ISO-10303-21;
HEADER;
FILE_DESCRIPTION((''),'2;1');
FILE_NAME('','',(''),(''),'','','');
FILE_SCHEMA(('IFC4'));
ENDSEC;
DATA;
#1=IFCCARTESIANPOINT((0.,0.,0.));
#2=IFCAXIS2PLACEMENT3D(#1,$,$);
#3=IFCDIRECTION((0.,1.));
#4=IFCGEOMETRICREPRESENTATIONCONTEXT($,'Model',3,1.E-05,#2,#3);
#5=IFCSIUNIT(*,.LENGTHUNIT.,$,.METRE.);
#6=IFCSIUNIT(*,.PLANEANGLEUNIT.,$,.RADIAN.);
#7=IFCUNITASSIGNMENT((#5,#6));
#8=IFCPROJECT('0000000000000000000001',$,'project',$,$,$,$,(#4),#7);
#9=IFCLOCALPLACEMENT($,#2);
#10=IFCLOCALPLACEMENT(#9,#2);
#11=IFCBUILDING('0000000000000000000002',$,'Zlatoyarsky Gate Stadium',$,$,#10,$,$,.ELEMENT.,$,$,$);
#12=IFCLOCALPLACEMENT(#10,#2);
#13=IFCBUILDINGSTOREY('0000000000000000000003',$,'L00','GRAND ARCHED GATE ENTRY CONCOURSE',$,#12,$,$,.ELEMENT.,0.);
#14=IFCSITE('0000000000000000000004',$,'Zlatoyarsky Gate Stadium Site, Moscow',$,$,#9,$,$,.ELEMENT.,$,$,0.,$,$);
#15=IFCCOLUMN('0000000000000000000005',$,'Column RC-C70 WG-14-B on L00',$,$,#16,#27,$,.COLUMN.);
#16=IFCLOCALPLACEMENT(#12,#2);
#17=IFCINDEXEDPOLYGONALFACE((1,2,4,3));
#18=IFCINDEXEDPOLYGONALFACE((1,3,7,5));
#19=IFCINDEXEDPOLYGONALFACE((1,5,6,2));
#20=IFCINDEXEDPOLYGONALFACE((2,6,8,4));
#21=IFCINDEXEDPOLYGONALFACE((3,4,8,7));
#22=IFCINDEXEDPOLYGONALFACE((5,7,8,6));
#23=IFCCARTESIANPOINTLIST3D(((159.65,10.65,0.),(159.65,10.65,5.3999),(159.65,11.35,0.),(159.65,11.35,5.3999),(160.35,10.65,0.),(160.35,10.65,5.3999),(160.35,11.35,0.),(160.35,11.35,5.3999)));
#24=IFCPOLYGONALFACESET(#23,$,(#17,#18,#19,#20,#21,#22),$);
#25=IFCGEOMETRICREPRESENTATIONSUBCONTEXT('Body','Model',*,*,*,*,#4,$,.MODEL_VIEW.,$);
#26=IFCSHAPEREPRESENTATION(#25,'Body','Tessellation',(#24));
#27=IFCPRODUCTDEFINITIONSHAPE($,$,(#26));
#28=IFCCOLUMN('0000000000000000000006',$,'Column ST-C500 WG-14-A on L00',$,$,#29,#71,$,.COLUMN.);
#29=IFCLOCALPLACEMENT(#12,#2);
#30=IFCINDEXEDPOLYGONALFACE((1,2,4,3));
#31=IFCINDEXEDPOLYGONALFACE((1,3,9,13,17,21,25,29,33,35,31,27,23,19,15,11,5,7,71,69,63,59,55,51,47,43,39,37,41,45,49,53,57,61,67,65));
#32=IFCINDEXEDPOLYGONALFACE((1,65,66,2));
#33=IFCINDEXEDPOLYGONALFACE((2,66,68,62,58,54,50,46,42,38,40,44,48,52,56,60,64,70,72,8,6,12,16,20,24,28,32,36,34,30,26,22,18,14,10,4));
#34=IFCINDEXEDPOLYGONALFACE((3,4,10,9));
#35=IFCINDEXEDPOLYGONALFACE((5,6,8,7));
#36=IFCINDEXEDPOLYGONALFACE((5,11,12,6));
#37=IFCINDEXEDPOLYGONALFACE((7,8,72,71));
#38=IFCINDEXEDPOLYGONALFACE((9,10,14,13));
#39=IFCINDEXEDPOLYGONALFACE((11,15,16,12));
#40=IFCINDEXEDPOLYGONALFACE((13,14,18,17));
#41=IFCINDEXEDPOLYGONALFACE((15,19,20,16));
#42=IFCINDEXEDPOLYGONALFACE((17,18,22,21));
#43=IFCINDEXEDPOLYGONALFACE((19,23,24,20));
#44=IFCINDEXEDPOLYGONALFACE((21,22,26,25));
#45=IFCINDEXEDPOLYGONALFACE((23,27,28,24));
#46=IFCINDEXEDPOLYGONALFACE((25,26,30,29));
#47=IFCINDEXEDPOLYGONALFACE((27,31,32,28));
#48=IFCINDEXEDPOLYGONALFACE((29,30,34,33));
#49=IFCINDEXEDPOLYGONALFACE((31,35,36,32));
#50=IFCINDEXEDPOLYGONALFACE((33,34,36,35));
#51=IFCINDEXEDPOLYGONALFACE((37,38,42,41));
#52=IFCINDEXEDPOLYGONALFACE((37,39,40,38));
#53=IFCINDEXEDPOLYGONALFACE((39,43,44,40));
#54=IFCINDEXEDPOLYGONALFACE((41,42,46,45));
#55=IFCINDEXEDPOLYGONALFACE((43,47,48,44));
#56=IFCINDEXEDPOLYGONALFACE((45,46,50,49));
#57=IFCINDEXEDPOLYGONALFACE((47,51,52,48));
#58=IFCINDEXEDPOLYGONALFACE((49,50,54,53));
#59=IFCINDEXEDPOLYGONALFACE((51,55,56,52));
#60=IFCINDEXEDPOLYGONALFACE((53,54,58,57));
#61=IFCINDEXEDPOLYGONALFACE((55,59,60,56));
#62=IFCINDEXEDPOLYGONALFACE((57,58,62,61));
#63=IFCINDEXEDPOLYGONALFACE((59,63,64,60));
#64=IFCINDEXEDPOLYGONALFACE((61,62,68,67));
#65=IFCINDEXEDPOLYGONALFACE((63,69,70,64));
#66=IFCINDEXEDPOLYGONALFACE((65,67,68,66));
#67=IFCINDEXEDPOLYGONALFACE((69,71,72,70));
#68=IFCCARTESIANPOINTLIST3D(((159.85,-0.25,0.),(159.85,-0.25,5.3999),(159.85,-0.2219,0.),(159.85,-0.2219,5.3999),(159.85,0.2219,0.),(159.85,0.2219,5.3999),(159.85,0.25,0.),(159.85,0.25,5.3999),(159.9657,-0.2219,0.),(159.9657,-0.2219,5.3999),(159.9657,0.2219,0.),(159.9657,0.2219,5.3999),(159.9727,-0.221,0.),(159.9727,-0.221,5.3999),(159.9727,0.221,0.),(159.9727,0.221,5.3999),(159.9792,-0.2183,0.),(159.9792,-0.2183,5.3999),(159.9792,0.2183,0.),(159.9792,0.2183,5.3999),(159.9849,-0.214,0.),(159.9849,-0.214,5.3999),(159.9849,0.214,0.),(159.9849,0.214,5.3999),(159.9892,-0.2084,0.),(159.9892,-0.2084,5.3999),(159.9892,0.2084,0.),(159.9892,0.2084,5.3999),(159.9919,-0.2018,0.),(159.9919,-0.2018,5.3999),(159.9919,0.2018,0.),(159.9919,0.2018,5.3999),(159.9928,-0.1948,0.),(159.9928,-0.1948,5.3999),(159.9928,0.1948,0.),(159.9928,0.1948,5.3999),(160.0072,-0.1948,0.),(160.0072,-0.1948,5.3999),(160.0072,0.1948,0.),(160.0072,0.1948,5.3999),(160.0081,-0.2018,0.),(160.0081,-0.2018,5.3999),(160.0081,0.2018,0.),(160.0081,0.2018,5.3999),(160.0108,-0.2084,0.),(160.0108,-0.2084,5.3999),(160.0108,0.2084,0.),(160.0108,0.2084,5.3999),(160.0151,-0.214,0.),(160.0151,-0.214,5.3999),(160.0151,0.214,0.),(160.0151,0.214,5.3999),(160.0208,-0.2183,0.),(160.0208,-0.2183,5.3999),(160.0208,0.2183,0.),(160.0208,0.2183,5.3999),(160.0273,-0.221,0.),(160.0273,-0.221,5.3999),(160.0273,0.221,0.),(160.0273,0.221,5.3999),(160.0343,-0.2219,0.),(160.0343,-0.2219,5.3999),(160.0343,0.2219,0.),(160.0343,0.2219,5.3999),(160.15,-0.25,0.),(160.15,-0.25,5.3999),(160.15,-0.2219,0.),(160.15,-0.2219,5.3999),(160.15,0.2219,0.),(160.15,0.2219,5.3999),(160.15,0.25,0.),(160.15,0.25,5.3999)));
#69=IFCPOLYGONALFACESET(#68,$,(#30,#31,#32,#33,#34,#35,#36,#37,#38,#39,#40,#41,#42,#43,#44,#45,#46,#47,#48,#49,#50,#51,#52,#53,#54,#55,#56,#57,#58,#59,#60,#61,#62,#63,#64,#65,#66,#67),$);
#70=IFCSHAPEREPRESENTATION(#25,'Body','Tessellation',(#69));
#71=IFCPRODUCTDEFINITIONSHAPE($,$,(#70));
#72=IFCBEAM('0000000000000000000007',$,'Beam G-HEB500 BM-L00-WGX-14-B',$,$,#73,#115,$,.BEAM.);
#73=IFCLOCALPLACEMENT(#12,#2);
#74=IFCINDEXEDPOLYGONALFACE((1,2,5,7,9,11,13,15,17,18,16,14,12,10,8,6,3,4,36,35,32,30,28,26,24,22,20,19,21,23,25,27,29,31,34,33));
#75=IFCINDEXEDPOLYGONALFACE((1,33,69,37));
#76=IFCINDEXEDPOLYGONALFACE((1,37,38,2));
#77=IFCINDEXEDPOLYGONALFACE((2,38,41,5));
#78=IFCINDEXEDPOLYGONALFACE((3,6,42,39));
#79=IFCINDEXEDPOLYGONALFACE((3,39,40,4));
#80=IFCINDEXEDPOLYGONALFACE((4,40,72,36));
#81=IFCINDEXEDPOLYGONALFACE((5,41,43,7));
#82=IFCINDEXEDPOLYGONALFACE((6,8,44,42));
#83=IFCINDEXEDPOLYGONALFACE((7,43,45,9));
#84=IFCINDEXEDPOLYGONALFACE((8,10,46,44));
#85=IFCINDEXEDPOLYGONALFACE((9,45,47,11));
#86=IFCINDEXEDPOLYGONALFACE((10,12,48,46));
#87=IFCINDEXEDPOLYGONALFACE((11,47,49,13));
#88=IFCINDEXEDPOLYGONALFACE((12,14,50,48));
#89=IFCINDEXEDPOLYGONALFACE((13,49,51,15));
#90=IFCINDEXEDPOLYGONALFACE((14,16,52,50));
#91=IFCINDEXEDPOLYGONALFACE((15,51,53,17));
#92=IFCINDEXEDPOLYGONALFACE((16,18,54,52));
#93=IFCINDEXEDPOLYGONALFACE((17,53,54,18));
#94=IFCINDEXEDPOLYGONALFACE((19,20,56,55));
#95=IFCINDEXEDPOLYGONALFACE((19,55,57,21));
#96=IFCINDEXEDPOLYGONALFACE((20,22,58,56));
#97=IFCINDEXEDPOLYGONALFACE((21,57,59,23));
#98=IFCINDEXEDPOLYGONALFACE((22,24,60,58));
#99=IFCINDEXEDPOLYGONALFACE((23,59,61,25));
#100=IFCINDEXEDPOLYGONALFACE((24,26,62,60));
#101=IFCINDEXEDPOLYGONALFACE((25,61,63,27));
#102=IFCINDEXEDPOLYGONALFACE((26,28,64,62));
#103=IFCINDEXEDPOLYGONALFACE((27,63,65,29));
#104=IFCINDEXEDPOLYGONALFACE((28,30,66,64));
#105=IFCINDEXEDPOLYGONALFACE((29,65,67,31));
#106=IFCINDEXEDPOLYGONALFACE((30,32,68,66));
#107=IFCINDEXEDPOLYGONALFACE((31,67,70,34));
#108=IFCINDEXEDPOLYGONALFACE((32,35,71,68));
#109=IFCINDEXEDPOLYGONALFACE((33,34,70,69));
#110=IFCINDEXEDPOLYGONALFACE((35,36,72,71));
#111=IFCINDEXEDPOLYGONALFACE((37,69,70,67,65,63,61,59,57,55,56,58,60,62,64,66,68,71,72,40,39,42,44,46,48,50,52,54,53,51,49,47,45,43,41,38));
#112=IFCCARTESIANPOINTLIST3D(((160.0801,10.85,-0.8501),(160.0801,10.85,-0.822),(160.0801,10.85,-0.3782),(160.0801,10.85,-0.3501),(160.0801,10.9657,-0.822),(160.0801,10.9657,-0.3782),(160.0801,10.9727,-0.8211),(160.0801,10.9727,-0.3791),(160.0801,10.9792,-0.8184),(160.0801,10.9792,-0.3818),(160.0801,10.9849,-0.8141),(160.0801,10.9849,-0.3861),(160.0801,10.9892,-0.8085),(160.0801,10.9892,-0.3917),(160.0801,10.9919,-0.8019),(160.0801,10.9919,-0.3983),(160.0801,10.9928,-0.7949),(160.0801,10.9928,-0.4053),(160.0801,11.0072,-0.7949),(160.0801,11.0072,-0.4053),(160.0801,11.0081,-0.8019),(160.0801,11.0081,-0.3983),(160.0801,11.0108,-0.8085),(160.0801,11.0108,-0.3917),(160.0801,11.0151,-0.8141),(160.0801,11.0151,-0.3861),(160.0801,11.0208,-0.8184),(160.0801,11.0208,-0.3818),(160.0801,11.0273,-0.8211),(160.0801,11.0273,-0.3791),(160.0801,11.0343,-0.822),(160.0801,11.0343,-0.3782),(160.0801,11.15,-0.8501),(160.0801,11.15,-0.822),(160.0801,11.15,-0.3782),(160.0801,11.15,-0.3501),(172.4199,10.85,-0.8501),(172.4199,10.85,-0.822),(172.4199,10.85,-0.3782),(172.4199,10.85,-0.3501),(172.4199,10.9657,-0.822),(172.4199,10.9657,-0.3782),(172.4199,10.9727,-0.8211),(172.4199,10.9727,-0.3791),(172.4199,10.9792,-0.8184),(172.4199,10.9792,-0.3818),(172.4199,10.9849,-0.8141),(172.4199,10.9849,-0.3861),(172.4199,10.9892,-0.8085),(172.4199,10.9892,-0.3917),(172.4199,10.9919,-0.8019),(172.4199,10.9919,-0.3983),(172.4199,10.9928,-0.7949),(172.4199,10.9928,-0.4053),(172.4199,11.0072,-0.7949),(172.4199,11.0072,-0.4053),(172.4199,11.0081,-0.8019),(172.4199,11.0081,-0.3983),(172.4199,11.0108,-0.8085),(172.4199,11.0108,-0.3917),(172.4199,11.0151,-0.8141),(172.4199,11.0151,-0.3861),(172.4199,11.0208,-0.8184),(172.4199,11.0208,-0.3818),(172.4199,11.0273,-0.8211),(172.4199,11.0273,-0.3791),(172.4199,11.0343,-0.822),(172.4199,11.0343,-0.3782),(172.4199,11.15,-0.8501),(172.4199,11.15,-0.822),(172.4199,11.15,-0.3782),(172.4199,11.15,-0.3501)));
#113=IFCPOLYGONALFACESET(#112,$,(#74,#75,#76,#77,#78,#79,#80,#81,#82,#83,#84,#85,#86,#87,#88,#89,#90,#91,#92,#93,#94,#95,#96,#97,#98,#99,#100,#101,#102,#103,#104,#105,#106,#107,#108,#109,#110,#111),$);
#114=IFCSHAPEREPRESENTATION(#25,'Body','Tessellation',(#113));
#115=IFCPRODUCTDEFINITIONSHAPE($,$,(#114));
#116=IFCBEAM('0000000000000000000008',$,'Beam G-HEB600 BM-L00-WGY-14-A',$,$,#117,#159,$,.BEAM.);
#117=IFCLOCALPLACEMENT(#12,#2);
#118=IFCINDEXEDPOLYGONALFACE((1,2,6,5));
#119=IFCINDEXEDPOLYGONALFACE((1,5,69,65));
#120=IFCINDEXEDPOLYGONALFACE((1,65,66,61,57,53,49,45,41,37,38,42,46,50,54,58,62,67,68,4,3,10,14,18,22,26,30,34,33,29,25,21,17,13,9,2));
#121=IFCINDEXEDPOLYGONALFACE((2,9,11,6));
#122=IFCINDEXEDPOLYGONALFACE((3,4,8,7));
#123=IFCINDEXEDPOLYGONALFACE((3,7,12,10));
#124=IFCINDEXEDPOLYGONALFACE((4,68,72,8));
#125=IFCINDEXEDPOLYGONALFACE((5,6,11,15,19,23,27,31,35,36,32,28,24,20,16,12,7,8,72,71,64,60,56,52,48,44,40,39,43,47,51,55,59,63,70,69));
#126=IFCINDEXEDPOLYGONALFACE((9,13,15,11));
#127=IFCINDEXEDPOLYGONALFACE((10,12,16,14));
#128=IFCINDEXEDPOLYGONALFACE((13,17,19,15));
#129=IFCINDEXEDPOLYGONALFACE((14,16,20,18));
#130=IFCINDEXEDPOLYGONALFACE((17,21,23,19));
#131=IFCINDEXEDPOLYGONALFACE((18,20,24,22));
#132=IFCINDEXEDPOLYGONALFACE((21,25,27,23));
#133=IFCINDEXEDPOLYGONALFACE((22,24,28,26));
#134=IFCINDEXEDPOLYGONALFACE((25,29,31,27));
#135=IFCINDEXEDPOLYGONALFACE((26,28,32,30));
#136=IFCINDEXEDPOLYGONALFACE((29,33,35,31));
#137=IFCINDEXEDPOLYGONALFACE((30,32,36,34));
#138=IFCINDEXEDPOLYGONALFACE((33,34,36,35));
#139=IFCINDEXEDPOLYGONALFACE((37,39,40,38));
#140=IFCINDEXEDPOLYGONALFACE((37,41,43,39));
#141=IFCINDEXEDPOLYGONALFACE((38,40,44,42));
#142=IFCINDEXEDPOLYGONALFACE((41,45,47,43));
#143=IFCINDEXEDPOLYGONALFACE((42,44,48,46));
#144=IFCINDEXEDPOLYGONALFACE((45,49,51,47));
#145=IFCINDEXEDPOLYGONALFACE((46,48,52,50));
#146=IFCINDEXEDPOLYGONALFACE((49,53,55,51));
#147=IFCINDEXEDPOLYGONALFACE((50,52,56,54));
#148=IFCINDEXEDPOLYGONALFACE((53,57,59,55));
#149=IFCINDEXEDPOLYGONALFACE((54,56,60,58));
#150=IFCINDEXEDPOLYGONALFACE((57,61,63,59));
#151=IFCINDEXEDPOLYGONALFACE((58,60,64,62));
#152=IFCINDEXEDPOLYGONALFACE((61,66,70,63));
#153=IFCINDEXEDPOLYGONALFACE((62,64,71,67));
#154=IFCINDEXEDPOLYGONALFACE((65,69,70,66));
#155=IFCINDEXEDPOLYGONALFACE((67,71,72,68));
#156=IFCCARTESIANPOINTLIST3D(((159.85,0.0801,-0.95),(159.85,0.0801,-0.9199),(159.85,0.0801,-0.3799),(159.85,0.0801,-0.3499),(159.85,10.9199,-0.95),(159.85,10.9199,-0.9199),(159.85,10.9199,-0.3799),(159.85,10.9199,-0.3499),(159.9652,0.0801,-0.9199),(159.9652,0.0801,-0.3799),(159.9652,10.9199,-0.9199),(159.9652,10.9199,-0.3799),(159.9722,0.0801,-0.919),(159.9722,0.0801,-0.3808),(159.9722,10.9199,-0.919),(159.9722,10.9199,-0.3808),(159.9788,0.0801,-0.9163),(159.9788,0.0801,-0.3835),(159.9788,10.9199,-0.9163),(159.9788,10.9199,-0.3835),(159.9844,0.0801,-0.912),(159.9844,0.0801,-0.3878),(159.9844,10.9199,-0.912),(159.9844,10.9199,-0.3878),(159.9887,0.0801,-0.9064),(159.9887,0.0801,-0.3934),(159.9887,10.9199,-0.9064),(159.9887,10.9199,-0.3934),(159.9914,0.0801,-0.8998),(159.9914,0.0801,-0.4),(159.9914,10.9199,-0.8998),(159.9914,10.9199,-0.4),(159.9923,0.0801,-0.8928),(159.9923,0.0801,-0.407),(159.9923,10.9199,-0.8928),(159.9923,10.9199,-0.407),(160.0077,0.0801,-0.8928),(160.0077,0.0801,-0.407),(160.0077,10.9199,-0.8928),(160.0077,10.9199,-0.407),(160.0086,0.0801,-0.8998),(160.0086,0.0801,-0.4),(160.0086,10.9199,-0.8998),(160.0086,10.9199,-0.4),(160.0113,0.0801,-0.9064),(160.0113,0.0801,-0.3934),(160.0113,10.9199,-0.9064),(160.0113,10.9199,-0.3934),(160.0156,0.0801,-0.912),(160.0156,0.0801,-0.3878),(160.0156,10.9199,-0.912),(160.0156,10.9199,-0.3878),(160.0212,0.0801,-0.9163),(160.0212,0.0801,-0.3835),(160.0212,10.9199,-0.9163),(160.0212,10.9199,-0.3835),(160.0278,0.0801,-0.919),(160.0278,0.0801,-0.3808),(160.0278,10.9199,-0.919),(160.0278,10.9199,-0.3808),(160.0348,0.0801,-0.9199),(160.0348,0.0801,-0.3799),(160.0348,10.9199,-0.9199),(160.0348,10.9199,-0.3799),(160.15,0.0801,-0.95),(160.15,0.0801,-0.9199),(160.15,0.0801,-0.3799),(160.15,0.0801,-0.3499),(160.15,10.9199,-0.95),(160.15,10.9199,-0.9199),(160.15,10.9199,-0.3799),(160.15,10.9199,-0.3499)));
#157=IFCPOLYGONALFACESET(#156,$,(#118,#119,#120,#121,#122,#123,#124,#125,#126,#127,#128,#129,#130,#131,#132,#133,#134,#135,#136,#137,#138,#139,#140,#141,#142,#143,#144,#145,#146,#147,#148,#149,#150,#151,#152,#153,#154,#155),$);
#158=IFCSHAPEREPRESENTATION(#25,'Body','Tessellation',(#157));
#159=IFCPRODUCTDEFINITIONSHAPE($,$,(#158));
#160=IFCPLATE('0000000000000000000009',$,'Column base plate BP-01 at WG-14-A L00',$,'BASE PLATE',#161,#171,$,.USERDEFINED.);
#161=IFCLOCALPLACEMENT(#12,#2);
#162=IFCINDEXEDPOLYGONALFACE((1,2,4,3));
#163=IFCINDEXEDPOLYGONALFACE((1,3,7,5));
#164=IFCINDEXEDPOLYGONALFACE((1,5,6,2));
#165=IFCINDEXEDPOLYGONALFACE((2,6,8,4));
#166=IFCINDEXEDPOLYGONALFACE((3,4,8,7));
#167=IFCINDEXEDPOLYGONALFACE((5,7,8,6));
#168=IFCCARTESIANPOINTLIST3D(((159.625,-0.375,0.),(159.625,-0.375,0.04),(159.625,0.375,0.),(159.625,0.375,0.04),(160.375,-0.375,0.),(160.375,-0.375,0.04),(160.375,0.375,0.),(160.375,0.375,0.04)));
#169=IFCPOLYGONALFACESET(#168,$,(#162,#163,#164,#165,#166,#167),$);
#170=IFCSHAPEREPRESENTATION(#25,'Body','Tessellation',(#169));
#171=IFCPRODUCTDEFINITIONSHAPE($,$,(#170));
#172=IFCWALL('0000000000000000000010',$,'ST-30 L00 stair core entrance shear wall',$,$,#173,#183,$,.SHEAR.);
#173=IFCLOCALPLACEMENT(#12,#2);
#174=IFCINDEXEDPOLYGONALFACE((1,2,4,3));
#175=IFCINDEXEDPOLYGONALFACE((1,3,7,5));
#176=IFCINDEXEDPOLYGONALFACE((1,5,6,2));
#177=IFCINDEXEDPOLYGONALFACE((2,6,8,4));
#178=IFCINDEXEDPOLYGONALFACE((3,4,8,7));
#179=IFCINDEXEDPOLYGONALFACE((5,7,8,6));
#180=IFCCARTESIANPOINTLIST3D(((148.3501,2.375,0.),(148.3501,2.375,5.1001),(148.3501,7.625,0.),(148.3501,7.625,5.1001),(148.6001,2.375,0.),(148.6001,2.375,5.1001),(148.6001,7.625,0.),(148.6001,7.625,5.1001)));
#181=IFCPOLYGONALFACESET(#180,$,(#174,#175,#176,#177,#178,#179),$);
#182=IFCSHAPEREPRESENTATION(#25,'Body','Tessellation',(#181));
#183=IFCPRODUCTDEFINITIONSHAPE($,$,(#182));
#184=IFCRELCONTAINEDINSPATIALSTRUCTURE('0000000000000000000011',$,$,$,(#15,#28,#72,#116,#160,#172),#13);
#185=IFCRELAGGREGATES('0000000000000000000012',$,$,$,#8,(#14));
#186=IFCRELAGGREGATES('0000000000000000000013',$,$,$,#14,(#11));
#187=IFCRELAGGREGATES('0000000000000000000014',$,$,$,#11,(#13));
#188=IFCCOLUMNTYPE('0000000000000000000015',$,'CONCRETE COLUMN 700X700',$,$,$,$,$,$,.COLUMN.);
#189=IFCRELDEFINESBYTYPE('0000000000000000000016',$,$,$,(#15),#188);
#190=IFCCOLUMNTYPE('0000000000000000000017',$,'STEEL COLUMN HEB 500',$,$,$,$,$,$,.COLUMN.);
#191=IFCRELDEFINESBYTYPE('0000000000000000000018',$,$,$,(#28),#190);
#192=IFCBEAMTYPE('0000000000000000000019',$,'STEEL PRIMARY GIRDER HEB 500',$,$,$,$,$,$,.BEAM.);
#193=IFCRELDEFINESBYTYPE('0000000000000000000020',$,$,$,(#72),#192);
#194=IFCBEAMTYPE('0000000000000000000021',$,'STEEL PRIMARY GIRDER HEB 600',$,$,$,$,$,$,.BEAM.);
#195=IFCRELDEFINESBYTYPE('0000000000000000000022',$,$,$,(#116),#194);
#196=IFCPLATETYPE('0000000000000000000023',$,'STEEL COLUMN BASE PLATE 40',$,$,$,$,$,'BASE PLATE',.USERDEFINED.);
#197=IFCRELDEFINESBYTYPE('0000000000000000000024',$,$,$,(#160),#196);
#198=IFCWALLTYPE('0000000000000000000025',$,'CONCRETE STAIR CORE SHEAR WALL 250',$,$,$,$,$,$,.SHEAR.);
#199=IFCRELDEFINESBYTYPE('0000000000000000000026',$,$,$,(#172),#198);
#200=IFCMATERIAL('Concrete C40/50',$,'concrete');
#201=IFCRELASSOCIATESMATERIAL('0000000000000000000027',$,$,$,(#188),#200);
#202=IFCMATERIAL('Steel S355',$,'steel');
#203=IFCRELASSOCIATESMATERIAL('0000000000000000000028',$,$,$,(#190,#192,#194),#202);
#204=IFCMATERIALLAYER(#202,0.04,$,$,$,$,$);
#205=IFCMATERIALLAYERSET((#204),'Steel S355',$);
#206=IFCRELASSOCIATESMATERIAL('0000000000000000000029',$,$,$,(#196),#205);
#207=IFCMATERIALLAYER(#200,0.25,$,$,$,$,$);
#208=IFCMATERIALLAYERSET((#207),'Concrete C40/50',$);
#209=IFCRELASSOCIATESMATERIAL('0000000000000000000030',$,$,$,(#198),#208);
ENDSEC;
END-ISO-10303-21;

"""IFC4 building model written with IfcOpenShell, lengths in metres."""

from ifc_helpers import new_model, si_unit, direction, frame, frame_2d, origin, origin_2d, place, context, subcontext, project, spatial, rectangle, i_section, extrude, material, layer, layer_set, material_profile, profile_set, type_object, element, save


model = new_model("IFC4")

# Units and contexts
model_context = context("Model", 3, precision=1e-05, world=origin(), true_north=direction((0.0, 1.0)))
body_context = subcontext(model_context, "Body", "Model", "MODEL_VIEW")
ifc_project = project(units=[si_unit("LENGTHUNIT", "METRE"), si_unit("PLANEANGLEUNIT", "RADIAN")], contexts=[model_context])

# Site, building, storey
site_placement = place(None, origin())
site = spatial("IfcSite", under=ifc_project, at=site_placement, Name="Zlatoyarsky Gate Stadium Site, Moscow", CompositionType="ELEMENT", RefElevation=0.0)
building_placement = place(site_placement, origin())
building = spatial("IfcBuilding", under=site, at=building_placement, Name="Zlatoyarsky Gate Stadium", CompositionType="ELEMENT")
storey_placement = place(building_placement, origin())
storey = spatial("IfcBuildingStorey", under=building, at=storey_placement, Name="L00", Description="GRAND ARCHED GATE ENTRY CONCOURSE", CompositionType="ELEMENT", Elevation=0.0)

# Columns
ifc_material_1 = material(Name="Concrete C40/50", Category="concrete")
ifc_material_profile_1 = material_profile(ifc_material_1, rectangle(XDim=0.7, YDim=0.7, at=origin_2d()), Name="RC COL 700X700")
ifc_profile_set_1 = profile_set([ifc_material_profile_1], Name="Concrete C40/50")
column_type_1 = type_object("IfcColumnType", Name="CONCRETE COLUMN 700X700", PredefinedType="COLUMN", material=ifc_profile_set_1)
column_1_placement = place(storey_placement, frame((160.0, 11.0, 0.0), z_axis=(0.0, 0.0, 1.0), x_axis=(1.0, 0.0, 0.0)))
element("IfcColumn", 1, at=column_1_placement, inside=storey, type_object=column_type_1, Name="Column RC-C70 WG-14-B on L00", PredefinedType="COLUMN", context=body_context, shape_type="SweptSolid", body=[
    extrude(rectangle(XDim=0.7, YDim=0.7, at=origin_2d()), origin(), (0.0, 0.0, 1.0), 5.3999),
])
ifc_material_2 = material(Name="Steel S355", Category="steel")
ifc_material_profile_2 = material_profile(ifc_material_2, i_section(OverallWidth=0.3, OverallDepth=0.5, WebThickness=0.0144, FlangeThickness=0.0281, FilletRadius=0.0271, at=origin_2d()), Name="HEB 500")
ifc_profile_set_2 = profile_set([ifc_material_profile_2], Name="Steel S355")
column_type_2 = type_object("IfcColumnType", Name="STEEL COLUMN HEB 500", PredefinedType="COLUMN", material=ifc_profile_set_2)
column_2_placement = place(storey_placement, frame((160.0, 0.0, 0.0), z_axis=(0.0, 0.0, 1.0), x_axis=(1.0, 0.0, 0.0)))
element("IfcColumn", 2, at=column_2_placement, inside=storey, type_object=column_type_2, Name="Column ST-C500 WG-14-A on L00", PredefinedType="COLUMN", context=body_context, shape_type="SweptSolid", body=[
    extrude(i_section(OverallWidth=0.3, OverallDepth=0.5, WebThickness=0.0144, FlangeThickness=0.0281, FilletRadius=0.0271, at=origin_2d()), origin(), (0.0, 0.0, 1.0), 5.3999),
])

# Beams
ifc_material_profile_3 = material_profile(ifc_material_2, i_section(OverallWidth=0.3, OverallDepth=0.5, WebThickness=0.0144, FlangeThickness=0.0281, FilletRadius=0.0271, at=origin_2d()), Name="HEB 500")
ifc_profile_set_3 = profile_set([ifc_material_profile_3], Name="Steel S355")
beam_type_1 = type_object("IfcBeamType", Name="STEEL PRIMARY GIRDER HEB 500", PredefinedType="BEAM", material=ifc_profile_set_3)
beam_1_placement = place(storey_placement, frame((160.0801, 11.0, -0.6001), z_axis=(1.0, 0.0, 0.0), x_axis=(0.0, 1.0, 0.0)))
element("IfcBeam", 3, at=beam_1_placement, inside=storey, type_object=beam_type_1, Name="Beam G-HEB500 BM-L00-WGX-14-B", PredefinedType="BEAM", context=body_context, shape_type="SweptSolid", body=[
    extrude(i_section(OverallWidth=0.3, OverallDepth=0.5, WebThickness=0.0144, FlangeThickness=0.0281, FilletRadius=0.0271, at=origin_2d()), origin(), (0.0, 0.0, 1.0), 12.3398),
])
ifc_material_profile_4 = material_profile(ifc_material_2, i_section(OverallWidth=0.3, OverallDepth=0.6001, WebThickness=0.0154, FlangeThickness=0.03, FilletRadius=0.0271, at=origin_2d()), Name="HEB 600")
ifc_profile_set_4 = profile_set([ifc_material_profile_4], Name="Steel S355")
beam_type_2 = type_object("IfcBeamType", Name="STEEL PRIMARY GIRDER HEB 600", PredefinedType="BEAM", material=ifc_profile_set_4)
beam_2_placement = place(storey_placement, frame((160.0, 0.0801, -0.6499), z_axis=(0.0, 1.0, 0.0), x_axis=(-1.0, 0.0, 0.0)))
element("IfcBeam", 4, at=beam_2_placement, inside=storey, type_object=beam_type_2, Name="Beam G-HEB600 BM-L00-WGY-14-A", PredefinedType="BEAM", context=body_context, shape_type="SweptSolid", body=[
    extrude(i_section(OverallWidth=0.3, OverallDepth=0.6001, WebThickness=0.0154, FlangeThickness=0.03, FilletRadius=0.0271, at=origin_2d()), origin(), (0.0, 0.0, 1.0), 10.8398),
])

# Plate
ifc_layer_1 = layer(ifc_material_2, 0.04)
ifc_layer_set_1 = layer_set([ifc_layer_1], Name="Steel S355")
plate_type = type_object("IfcPlateType", Name="STEEL COLUMN BASE PLATE 40", ElementType="BASE PLATE", PredefinedType="USERDEFINED", material=ifc_layer_set_1)
plate_placement = place(storey_placement, frame((160.0, 0.0, 0.0), z_axis=(0.0, 0.0, 1.0), x_axis=(1.0, 0.0, 0.0)))
element("IfcPlate", 5, at=plate_placement, inside=storey, type_object=plate_type, Name="Column base plate BP-01 at WG-14-A L00", ObjectType="BASE PLATE", PredefinedType="USERDEFINED", context=body_context, shape_type="SweptSolid", body=[
    extrude(rectangle(XDim=0.75, YDim=0.75, at=origin_2d()), origin(), (0.0, 0.0, 1.0), 0.04),
])

# Wall
ifc_layer_2 = layer(ifc_material_1, 0.25)
ifc_layer_set_2 = layer_set([ifc_layer_2], Name="Concrete C40/50")
wall_type_1 = type_object("IfcWallType", Name="CONCRETE STAIR CORE SHEAR WALL 250", PredefinedType="SHEAR", material=ifc_layer_set_2)
wall_1_placement = place(storey_placement, frame((148.4751, 7.625, 0.0), z_axis=(0.0, 0.0, 1.0), x_axis=(0.0, -1.0, 0.0)))
element("IfcWall", 6, at=wall_1_placement, inside=storey, type_object=wall_type_1, Name="ST-30 L00 stair core entrance shear wall", PredefinedType="SHEAR", context=body_context, shape_type="SweptSolid", body=[
    extrude(rectangle(XDim=5.25, YDim=0.25, at=frame_2d((2.625, 0.0))), origin(), (0.0, 0.0, 1.0), 5.1001),
])

save(model, "model.ifc")
